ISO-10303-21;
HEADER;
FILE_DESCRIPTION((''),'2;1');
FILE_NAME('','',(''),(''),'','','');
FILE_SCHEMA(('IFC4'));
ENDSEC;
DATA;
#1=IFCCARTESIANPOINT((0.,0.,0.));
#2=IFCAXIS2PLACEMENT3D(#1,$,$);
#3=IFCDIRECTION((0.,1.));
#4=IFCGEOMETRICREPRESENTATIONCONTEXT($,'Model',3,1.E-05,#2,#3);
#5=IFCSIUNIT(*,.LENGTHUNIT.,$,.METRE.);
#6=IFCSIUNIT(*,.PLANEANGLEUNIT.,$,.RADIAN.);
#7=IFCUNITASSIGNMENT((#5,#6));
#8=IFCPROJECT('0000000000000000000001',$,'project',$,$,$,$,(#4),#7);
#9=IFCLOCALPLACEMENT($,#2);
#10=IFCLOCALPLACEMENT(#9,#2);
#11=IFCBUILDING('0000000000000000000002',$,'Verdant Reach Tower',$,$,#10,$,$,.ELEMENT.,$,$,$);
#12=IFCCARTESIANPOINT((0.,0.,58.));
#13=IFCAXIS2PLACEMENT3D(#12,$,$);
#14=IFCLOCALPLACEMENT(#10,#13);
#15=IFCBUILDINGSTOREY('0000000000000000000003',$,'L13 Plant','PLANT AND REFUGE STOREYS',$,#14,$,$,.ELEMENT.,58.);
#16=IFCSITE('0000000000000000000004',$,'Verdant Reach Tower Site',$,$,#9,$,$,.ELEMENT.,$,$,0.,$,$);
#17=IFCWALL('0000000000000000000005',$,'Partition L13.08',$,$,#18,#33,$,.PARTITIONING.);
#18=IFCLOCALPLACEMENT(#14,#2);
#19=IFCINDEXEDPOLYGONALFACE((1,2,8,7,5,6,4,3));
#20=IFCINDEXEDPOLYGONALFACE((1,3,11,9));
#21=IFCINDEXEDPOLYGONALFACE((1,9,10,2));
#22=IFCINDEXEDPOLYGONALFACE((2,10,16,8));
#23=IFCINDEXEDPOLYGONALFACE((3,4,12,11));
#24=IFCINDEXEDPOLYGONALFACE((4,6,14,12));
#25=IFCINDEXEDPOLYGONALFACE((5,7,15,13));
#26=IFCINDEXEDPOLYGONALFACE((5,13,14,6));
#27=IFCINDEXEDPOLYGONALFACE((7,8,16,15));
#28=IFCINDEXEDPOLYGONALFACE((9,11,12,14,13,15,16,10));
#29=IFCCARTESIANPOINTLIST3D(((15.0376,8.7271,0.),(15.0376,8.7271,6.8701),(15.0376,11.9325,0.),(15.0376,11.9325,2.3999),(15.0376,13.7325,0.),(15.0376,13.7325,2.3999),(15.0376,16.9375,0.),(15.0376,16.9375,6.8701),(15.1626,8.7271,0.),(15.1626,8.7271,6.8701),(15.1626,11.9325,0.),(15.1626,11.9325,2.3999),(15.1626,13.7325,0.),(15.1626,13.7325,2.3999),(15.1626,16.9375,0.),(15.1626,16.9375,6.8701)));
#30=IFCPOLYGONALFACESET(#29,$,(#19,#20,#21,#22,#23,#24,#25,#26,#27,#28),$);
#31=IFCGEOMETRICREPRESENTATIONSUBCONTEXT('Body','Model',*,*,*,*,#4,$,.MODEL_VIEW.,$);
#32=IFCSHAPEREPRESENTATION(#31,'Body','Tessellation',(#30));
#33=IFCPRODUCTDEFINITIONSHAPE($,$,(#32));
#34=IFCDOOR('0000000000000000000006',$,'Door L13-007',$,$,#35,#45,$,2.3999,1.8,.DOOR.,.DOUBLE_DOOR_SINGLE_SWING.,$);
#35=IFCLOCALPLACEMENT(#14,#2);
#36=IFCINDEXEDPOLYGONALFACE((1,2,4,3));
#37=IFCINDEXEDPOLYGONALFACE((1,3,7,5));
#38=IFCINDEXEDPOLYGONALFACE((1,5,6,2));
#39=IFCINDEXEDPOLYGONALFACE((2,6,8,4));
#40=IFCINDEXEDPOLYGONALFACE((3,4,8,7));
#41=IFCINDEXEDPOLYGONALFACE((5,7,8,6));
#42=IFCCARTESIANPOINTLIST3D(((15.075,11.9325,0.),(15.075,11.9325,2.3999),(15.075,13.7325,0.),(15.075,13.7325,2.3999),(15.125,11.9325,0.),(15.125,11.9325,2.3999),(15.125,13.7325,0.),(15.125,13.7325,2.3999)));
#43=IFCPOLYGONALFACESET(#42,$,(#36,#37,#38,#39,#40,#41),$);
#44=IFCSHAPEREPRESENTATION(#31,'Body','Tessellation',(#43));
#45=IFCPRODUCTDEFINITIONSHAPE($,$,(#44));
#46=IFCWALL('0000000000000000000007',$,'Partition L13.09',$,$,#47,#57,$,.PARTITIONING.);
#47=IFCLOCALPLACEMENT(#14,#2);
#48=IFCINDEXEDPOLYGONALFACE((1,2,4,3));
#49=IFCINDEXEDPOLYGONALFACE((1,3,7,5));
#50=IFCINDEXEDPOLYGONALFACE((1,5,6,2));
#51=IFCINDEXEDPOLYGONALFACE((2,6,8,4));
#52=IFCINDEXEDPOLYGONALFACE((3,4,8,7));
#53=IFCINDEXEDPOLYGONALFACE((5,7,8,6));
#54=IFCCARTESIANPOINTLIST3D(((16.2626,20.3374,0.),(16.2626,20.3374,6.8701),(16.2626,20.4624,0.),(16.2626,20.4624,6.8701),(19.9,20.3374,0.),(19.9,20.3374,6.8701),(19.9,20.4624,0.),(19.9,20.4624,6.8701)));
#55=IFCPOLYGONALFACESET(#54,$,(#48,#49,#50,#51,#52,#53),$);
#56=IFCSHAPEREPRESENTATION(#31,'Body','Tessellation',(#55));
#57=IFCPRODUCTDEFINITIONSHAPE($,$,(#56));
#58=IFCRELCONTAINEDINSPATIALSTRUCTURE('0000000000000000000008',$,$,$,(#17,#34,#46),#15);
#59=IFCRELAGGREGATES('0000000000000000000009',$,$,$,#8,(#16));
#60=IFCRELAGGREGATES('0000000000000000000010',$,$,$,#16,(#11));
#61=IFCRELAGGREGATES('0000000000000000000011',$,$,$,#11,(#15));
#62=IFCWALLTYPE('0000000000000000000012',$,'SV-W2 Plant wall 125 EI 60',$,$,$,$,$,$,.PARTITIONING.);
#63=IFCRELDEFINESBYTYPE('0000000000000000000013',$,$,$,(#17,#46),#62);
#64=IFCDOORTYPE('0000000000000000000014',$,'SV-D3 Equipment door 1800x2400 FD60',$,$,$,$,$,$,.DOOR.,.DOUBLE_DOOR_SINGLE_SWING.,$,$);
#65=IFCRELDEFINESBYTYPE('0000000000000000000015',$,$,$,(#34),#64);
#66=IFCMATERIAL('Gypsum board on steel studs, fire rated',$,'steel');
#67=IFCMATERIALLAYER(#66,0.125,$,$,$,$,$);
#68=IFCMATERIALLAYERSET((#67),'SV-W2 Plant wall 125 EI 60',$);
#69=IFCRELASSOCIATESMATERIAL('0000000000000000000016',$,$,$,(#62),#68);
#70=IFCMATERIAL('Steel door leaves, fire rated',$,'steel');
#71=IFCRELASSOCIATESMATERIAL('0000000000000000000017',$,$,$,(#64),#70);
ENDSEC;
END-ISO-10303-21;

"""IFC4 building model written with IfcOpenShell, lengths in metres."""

from ifc_helpers import new_model, si_unit, direction, frame, frame_2d, origin, place, context, subcontext, project, spatial, rectangle, extrude, material, layer, layer_set, type_object, element, fill, save


model = new_model("IFC4")

# Units and contexts
model_context = context("Model", 3, precision=1e-05, world=origin(), true_north=direction((0.0, 1.0)))
body_context = subcontext(model_context, "Body", "Model", "MODEL_VIEW")
ifc_project = project(units=[si_unit("LENGTHUNIT", "METRE"), si_unit("PLANEANGLEUNIT", "RADIAN")], contexts=[model_context])

# Site, building, storey
site_placement = place(None, origin())
site = spatial("IfcSite", under=ifc_project, at=site_placement, Name="Verdant Reach Tower Site", CompositionType="ELEMENT", RefElevation=0.0)
building_placement = place(site_placement, origin())
building = spatial("IfcBuilding", under=site, at=building_placement, Name="Verdant Reach Tower", CompositionType="ELEMENT")
storey_placement = place(building_placement, frame((0.0, 0.0, 58.0)))
storey = spatial("IfcBuildingStorey", under=building, at=storey_placement, Name="L13 Plant", Description="PLANT AND REFUGE STOREYS", CompositionType="ELEMENT", Elevation=58.0)

# Shared definitions
ifc_material_1 = material(Name="Gypsum board on steel studs, fire rated", Category="steel")
ifc_layer_1 = layer(ifc_material_1, 0.125)
ifc_layer_set_1 = layer_set([ifc_layer_1], Name="SV-W2 Plant wall 125 EI 60")
wall_type_1 = type_object("IfcWallType", Name="SV-W2 Plant wall 125 EI 60", PredefinedType="PARTITIONING", material=ifc_layer_set_1)

# Wall, opening, door
wall_1_placement = place(storey_placement, frame((15.1001, 16.9375, 0.0), z_axis=(0.0, 0.0, 1.0), x_axis=(0.0, -1.0, 0.0)))
wall_1 = element("IfcWall", 1, at=wall_1_placement, inside=storey, type_object=wall_type_1, Name="Partition L13.08", PredefinedType="PARTITIONING", context=body_context, shape_type="SweptSolid", body=[
    extrude(rectangle(XDim=8.2104, YDim=0.125, at=frame_2d((4.1052, 0.0))), origin(), (0.0, 0.0, 1.0), 6.8701),
])
opening_1_placement = place(wall_1_placement, frame((3.2051, 0.0, 0.0)))
opening_1 = element("IfcOpeningElement", 2, at=opening_1_placement, cuts=wall_1, PredefinedType="OPENING", context=body_context, shape_type="SweptSolid", body=[
    extrude(rectangle(XDim=1.8, YDim=2.3999, at=frame_2d((0.8999, 1.2))), frame((0.0, 0.0725, 0.0), z_axis=(0.0, -1.0, 0.0), x_axis=(1.0, 0.0, 0.0)), (0.0, 0.0, 1.0), 0.145),
])
ifc_material_2 = material(Name="Steel door leaves, fire rated", Category="steel")
door_type_1 = type_object("IfcDoorType", Name="SV-D3 Equipment door 1800x2400 FD60", OperationType="DOUBLE_DOOR_SINGLE_SWING", PredefinedType="DOOR", material=ifc_material_2)
door_1_placement = place(opening_1_placement, origin())
door_1 = element("IfcDoor", 3, at=door_1_placement, inside=storey, type_object=door_type_1, Name="Door L13-007", OperationType="DOUBLE_DOOR_SINGLE_SWING", OverallHeight=2.3999, OverallWidth=1.8, PredefinedType="DOOR", context=body_context, shape_type="SweptSolid", body=[
    extrude(rectangle(XDim=1.8, YDim=2.3999, at=frame_2d((0.8999, 1.2))), frame((0.0, 0.0249, 0.0), z_axis=(0.0, -1.0, 0.0), x_axis=(1.0, 0.0, 0.0)), (0.0, 0.0, 1.0), 0.05),
])
fill(opening_1, door_1)

# Wall
wall_2_placement = place(storey_placement, frame((16.2625, 20.3999, 0.0), z_axis=(0.0, 0.0, 1.0), x_axis=(1.0, 0.0, 0.0)))
element("IfcWall", 4, at=wall_2_placement, inside=storey, type_object=wall_type_1, Name="Partition L13.09", PredefinedType="PARTITIONING", context=body_context, shape_type="SweptSolid", body=[
    extrude(rectangle(XDim=3.6375, YDim=0.125, at=frame_2d((1.8188, 0.0))), origin(), (0.0, 0.0, 1.0), 6.8701),
])

save(model, "model.ifc")
